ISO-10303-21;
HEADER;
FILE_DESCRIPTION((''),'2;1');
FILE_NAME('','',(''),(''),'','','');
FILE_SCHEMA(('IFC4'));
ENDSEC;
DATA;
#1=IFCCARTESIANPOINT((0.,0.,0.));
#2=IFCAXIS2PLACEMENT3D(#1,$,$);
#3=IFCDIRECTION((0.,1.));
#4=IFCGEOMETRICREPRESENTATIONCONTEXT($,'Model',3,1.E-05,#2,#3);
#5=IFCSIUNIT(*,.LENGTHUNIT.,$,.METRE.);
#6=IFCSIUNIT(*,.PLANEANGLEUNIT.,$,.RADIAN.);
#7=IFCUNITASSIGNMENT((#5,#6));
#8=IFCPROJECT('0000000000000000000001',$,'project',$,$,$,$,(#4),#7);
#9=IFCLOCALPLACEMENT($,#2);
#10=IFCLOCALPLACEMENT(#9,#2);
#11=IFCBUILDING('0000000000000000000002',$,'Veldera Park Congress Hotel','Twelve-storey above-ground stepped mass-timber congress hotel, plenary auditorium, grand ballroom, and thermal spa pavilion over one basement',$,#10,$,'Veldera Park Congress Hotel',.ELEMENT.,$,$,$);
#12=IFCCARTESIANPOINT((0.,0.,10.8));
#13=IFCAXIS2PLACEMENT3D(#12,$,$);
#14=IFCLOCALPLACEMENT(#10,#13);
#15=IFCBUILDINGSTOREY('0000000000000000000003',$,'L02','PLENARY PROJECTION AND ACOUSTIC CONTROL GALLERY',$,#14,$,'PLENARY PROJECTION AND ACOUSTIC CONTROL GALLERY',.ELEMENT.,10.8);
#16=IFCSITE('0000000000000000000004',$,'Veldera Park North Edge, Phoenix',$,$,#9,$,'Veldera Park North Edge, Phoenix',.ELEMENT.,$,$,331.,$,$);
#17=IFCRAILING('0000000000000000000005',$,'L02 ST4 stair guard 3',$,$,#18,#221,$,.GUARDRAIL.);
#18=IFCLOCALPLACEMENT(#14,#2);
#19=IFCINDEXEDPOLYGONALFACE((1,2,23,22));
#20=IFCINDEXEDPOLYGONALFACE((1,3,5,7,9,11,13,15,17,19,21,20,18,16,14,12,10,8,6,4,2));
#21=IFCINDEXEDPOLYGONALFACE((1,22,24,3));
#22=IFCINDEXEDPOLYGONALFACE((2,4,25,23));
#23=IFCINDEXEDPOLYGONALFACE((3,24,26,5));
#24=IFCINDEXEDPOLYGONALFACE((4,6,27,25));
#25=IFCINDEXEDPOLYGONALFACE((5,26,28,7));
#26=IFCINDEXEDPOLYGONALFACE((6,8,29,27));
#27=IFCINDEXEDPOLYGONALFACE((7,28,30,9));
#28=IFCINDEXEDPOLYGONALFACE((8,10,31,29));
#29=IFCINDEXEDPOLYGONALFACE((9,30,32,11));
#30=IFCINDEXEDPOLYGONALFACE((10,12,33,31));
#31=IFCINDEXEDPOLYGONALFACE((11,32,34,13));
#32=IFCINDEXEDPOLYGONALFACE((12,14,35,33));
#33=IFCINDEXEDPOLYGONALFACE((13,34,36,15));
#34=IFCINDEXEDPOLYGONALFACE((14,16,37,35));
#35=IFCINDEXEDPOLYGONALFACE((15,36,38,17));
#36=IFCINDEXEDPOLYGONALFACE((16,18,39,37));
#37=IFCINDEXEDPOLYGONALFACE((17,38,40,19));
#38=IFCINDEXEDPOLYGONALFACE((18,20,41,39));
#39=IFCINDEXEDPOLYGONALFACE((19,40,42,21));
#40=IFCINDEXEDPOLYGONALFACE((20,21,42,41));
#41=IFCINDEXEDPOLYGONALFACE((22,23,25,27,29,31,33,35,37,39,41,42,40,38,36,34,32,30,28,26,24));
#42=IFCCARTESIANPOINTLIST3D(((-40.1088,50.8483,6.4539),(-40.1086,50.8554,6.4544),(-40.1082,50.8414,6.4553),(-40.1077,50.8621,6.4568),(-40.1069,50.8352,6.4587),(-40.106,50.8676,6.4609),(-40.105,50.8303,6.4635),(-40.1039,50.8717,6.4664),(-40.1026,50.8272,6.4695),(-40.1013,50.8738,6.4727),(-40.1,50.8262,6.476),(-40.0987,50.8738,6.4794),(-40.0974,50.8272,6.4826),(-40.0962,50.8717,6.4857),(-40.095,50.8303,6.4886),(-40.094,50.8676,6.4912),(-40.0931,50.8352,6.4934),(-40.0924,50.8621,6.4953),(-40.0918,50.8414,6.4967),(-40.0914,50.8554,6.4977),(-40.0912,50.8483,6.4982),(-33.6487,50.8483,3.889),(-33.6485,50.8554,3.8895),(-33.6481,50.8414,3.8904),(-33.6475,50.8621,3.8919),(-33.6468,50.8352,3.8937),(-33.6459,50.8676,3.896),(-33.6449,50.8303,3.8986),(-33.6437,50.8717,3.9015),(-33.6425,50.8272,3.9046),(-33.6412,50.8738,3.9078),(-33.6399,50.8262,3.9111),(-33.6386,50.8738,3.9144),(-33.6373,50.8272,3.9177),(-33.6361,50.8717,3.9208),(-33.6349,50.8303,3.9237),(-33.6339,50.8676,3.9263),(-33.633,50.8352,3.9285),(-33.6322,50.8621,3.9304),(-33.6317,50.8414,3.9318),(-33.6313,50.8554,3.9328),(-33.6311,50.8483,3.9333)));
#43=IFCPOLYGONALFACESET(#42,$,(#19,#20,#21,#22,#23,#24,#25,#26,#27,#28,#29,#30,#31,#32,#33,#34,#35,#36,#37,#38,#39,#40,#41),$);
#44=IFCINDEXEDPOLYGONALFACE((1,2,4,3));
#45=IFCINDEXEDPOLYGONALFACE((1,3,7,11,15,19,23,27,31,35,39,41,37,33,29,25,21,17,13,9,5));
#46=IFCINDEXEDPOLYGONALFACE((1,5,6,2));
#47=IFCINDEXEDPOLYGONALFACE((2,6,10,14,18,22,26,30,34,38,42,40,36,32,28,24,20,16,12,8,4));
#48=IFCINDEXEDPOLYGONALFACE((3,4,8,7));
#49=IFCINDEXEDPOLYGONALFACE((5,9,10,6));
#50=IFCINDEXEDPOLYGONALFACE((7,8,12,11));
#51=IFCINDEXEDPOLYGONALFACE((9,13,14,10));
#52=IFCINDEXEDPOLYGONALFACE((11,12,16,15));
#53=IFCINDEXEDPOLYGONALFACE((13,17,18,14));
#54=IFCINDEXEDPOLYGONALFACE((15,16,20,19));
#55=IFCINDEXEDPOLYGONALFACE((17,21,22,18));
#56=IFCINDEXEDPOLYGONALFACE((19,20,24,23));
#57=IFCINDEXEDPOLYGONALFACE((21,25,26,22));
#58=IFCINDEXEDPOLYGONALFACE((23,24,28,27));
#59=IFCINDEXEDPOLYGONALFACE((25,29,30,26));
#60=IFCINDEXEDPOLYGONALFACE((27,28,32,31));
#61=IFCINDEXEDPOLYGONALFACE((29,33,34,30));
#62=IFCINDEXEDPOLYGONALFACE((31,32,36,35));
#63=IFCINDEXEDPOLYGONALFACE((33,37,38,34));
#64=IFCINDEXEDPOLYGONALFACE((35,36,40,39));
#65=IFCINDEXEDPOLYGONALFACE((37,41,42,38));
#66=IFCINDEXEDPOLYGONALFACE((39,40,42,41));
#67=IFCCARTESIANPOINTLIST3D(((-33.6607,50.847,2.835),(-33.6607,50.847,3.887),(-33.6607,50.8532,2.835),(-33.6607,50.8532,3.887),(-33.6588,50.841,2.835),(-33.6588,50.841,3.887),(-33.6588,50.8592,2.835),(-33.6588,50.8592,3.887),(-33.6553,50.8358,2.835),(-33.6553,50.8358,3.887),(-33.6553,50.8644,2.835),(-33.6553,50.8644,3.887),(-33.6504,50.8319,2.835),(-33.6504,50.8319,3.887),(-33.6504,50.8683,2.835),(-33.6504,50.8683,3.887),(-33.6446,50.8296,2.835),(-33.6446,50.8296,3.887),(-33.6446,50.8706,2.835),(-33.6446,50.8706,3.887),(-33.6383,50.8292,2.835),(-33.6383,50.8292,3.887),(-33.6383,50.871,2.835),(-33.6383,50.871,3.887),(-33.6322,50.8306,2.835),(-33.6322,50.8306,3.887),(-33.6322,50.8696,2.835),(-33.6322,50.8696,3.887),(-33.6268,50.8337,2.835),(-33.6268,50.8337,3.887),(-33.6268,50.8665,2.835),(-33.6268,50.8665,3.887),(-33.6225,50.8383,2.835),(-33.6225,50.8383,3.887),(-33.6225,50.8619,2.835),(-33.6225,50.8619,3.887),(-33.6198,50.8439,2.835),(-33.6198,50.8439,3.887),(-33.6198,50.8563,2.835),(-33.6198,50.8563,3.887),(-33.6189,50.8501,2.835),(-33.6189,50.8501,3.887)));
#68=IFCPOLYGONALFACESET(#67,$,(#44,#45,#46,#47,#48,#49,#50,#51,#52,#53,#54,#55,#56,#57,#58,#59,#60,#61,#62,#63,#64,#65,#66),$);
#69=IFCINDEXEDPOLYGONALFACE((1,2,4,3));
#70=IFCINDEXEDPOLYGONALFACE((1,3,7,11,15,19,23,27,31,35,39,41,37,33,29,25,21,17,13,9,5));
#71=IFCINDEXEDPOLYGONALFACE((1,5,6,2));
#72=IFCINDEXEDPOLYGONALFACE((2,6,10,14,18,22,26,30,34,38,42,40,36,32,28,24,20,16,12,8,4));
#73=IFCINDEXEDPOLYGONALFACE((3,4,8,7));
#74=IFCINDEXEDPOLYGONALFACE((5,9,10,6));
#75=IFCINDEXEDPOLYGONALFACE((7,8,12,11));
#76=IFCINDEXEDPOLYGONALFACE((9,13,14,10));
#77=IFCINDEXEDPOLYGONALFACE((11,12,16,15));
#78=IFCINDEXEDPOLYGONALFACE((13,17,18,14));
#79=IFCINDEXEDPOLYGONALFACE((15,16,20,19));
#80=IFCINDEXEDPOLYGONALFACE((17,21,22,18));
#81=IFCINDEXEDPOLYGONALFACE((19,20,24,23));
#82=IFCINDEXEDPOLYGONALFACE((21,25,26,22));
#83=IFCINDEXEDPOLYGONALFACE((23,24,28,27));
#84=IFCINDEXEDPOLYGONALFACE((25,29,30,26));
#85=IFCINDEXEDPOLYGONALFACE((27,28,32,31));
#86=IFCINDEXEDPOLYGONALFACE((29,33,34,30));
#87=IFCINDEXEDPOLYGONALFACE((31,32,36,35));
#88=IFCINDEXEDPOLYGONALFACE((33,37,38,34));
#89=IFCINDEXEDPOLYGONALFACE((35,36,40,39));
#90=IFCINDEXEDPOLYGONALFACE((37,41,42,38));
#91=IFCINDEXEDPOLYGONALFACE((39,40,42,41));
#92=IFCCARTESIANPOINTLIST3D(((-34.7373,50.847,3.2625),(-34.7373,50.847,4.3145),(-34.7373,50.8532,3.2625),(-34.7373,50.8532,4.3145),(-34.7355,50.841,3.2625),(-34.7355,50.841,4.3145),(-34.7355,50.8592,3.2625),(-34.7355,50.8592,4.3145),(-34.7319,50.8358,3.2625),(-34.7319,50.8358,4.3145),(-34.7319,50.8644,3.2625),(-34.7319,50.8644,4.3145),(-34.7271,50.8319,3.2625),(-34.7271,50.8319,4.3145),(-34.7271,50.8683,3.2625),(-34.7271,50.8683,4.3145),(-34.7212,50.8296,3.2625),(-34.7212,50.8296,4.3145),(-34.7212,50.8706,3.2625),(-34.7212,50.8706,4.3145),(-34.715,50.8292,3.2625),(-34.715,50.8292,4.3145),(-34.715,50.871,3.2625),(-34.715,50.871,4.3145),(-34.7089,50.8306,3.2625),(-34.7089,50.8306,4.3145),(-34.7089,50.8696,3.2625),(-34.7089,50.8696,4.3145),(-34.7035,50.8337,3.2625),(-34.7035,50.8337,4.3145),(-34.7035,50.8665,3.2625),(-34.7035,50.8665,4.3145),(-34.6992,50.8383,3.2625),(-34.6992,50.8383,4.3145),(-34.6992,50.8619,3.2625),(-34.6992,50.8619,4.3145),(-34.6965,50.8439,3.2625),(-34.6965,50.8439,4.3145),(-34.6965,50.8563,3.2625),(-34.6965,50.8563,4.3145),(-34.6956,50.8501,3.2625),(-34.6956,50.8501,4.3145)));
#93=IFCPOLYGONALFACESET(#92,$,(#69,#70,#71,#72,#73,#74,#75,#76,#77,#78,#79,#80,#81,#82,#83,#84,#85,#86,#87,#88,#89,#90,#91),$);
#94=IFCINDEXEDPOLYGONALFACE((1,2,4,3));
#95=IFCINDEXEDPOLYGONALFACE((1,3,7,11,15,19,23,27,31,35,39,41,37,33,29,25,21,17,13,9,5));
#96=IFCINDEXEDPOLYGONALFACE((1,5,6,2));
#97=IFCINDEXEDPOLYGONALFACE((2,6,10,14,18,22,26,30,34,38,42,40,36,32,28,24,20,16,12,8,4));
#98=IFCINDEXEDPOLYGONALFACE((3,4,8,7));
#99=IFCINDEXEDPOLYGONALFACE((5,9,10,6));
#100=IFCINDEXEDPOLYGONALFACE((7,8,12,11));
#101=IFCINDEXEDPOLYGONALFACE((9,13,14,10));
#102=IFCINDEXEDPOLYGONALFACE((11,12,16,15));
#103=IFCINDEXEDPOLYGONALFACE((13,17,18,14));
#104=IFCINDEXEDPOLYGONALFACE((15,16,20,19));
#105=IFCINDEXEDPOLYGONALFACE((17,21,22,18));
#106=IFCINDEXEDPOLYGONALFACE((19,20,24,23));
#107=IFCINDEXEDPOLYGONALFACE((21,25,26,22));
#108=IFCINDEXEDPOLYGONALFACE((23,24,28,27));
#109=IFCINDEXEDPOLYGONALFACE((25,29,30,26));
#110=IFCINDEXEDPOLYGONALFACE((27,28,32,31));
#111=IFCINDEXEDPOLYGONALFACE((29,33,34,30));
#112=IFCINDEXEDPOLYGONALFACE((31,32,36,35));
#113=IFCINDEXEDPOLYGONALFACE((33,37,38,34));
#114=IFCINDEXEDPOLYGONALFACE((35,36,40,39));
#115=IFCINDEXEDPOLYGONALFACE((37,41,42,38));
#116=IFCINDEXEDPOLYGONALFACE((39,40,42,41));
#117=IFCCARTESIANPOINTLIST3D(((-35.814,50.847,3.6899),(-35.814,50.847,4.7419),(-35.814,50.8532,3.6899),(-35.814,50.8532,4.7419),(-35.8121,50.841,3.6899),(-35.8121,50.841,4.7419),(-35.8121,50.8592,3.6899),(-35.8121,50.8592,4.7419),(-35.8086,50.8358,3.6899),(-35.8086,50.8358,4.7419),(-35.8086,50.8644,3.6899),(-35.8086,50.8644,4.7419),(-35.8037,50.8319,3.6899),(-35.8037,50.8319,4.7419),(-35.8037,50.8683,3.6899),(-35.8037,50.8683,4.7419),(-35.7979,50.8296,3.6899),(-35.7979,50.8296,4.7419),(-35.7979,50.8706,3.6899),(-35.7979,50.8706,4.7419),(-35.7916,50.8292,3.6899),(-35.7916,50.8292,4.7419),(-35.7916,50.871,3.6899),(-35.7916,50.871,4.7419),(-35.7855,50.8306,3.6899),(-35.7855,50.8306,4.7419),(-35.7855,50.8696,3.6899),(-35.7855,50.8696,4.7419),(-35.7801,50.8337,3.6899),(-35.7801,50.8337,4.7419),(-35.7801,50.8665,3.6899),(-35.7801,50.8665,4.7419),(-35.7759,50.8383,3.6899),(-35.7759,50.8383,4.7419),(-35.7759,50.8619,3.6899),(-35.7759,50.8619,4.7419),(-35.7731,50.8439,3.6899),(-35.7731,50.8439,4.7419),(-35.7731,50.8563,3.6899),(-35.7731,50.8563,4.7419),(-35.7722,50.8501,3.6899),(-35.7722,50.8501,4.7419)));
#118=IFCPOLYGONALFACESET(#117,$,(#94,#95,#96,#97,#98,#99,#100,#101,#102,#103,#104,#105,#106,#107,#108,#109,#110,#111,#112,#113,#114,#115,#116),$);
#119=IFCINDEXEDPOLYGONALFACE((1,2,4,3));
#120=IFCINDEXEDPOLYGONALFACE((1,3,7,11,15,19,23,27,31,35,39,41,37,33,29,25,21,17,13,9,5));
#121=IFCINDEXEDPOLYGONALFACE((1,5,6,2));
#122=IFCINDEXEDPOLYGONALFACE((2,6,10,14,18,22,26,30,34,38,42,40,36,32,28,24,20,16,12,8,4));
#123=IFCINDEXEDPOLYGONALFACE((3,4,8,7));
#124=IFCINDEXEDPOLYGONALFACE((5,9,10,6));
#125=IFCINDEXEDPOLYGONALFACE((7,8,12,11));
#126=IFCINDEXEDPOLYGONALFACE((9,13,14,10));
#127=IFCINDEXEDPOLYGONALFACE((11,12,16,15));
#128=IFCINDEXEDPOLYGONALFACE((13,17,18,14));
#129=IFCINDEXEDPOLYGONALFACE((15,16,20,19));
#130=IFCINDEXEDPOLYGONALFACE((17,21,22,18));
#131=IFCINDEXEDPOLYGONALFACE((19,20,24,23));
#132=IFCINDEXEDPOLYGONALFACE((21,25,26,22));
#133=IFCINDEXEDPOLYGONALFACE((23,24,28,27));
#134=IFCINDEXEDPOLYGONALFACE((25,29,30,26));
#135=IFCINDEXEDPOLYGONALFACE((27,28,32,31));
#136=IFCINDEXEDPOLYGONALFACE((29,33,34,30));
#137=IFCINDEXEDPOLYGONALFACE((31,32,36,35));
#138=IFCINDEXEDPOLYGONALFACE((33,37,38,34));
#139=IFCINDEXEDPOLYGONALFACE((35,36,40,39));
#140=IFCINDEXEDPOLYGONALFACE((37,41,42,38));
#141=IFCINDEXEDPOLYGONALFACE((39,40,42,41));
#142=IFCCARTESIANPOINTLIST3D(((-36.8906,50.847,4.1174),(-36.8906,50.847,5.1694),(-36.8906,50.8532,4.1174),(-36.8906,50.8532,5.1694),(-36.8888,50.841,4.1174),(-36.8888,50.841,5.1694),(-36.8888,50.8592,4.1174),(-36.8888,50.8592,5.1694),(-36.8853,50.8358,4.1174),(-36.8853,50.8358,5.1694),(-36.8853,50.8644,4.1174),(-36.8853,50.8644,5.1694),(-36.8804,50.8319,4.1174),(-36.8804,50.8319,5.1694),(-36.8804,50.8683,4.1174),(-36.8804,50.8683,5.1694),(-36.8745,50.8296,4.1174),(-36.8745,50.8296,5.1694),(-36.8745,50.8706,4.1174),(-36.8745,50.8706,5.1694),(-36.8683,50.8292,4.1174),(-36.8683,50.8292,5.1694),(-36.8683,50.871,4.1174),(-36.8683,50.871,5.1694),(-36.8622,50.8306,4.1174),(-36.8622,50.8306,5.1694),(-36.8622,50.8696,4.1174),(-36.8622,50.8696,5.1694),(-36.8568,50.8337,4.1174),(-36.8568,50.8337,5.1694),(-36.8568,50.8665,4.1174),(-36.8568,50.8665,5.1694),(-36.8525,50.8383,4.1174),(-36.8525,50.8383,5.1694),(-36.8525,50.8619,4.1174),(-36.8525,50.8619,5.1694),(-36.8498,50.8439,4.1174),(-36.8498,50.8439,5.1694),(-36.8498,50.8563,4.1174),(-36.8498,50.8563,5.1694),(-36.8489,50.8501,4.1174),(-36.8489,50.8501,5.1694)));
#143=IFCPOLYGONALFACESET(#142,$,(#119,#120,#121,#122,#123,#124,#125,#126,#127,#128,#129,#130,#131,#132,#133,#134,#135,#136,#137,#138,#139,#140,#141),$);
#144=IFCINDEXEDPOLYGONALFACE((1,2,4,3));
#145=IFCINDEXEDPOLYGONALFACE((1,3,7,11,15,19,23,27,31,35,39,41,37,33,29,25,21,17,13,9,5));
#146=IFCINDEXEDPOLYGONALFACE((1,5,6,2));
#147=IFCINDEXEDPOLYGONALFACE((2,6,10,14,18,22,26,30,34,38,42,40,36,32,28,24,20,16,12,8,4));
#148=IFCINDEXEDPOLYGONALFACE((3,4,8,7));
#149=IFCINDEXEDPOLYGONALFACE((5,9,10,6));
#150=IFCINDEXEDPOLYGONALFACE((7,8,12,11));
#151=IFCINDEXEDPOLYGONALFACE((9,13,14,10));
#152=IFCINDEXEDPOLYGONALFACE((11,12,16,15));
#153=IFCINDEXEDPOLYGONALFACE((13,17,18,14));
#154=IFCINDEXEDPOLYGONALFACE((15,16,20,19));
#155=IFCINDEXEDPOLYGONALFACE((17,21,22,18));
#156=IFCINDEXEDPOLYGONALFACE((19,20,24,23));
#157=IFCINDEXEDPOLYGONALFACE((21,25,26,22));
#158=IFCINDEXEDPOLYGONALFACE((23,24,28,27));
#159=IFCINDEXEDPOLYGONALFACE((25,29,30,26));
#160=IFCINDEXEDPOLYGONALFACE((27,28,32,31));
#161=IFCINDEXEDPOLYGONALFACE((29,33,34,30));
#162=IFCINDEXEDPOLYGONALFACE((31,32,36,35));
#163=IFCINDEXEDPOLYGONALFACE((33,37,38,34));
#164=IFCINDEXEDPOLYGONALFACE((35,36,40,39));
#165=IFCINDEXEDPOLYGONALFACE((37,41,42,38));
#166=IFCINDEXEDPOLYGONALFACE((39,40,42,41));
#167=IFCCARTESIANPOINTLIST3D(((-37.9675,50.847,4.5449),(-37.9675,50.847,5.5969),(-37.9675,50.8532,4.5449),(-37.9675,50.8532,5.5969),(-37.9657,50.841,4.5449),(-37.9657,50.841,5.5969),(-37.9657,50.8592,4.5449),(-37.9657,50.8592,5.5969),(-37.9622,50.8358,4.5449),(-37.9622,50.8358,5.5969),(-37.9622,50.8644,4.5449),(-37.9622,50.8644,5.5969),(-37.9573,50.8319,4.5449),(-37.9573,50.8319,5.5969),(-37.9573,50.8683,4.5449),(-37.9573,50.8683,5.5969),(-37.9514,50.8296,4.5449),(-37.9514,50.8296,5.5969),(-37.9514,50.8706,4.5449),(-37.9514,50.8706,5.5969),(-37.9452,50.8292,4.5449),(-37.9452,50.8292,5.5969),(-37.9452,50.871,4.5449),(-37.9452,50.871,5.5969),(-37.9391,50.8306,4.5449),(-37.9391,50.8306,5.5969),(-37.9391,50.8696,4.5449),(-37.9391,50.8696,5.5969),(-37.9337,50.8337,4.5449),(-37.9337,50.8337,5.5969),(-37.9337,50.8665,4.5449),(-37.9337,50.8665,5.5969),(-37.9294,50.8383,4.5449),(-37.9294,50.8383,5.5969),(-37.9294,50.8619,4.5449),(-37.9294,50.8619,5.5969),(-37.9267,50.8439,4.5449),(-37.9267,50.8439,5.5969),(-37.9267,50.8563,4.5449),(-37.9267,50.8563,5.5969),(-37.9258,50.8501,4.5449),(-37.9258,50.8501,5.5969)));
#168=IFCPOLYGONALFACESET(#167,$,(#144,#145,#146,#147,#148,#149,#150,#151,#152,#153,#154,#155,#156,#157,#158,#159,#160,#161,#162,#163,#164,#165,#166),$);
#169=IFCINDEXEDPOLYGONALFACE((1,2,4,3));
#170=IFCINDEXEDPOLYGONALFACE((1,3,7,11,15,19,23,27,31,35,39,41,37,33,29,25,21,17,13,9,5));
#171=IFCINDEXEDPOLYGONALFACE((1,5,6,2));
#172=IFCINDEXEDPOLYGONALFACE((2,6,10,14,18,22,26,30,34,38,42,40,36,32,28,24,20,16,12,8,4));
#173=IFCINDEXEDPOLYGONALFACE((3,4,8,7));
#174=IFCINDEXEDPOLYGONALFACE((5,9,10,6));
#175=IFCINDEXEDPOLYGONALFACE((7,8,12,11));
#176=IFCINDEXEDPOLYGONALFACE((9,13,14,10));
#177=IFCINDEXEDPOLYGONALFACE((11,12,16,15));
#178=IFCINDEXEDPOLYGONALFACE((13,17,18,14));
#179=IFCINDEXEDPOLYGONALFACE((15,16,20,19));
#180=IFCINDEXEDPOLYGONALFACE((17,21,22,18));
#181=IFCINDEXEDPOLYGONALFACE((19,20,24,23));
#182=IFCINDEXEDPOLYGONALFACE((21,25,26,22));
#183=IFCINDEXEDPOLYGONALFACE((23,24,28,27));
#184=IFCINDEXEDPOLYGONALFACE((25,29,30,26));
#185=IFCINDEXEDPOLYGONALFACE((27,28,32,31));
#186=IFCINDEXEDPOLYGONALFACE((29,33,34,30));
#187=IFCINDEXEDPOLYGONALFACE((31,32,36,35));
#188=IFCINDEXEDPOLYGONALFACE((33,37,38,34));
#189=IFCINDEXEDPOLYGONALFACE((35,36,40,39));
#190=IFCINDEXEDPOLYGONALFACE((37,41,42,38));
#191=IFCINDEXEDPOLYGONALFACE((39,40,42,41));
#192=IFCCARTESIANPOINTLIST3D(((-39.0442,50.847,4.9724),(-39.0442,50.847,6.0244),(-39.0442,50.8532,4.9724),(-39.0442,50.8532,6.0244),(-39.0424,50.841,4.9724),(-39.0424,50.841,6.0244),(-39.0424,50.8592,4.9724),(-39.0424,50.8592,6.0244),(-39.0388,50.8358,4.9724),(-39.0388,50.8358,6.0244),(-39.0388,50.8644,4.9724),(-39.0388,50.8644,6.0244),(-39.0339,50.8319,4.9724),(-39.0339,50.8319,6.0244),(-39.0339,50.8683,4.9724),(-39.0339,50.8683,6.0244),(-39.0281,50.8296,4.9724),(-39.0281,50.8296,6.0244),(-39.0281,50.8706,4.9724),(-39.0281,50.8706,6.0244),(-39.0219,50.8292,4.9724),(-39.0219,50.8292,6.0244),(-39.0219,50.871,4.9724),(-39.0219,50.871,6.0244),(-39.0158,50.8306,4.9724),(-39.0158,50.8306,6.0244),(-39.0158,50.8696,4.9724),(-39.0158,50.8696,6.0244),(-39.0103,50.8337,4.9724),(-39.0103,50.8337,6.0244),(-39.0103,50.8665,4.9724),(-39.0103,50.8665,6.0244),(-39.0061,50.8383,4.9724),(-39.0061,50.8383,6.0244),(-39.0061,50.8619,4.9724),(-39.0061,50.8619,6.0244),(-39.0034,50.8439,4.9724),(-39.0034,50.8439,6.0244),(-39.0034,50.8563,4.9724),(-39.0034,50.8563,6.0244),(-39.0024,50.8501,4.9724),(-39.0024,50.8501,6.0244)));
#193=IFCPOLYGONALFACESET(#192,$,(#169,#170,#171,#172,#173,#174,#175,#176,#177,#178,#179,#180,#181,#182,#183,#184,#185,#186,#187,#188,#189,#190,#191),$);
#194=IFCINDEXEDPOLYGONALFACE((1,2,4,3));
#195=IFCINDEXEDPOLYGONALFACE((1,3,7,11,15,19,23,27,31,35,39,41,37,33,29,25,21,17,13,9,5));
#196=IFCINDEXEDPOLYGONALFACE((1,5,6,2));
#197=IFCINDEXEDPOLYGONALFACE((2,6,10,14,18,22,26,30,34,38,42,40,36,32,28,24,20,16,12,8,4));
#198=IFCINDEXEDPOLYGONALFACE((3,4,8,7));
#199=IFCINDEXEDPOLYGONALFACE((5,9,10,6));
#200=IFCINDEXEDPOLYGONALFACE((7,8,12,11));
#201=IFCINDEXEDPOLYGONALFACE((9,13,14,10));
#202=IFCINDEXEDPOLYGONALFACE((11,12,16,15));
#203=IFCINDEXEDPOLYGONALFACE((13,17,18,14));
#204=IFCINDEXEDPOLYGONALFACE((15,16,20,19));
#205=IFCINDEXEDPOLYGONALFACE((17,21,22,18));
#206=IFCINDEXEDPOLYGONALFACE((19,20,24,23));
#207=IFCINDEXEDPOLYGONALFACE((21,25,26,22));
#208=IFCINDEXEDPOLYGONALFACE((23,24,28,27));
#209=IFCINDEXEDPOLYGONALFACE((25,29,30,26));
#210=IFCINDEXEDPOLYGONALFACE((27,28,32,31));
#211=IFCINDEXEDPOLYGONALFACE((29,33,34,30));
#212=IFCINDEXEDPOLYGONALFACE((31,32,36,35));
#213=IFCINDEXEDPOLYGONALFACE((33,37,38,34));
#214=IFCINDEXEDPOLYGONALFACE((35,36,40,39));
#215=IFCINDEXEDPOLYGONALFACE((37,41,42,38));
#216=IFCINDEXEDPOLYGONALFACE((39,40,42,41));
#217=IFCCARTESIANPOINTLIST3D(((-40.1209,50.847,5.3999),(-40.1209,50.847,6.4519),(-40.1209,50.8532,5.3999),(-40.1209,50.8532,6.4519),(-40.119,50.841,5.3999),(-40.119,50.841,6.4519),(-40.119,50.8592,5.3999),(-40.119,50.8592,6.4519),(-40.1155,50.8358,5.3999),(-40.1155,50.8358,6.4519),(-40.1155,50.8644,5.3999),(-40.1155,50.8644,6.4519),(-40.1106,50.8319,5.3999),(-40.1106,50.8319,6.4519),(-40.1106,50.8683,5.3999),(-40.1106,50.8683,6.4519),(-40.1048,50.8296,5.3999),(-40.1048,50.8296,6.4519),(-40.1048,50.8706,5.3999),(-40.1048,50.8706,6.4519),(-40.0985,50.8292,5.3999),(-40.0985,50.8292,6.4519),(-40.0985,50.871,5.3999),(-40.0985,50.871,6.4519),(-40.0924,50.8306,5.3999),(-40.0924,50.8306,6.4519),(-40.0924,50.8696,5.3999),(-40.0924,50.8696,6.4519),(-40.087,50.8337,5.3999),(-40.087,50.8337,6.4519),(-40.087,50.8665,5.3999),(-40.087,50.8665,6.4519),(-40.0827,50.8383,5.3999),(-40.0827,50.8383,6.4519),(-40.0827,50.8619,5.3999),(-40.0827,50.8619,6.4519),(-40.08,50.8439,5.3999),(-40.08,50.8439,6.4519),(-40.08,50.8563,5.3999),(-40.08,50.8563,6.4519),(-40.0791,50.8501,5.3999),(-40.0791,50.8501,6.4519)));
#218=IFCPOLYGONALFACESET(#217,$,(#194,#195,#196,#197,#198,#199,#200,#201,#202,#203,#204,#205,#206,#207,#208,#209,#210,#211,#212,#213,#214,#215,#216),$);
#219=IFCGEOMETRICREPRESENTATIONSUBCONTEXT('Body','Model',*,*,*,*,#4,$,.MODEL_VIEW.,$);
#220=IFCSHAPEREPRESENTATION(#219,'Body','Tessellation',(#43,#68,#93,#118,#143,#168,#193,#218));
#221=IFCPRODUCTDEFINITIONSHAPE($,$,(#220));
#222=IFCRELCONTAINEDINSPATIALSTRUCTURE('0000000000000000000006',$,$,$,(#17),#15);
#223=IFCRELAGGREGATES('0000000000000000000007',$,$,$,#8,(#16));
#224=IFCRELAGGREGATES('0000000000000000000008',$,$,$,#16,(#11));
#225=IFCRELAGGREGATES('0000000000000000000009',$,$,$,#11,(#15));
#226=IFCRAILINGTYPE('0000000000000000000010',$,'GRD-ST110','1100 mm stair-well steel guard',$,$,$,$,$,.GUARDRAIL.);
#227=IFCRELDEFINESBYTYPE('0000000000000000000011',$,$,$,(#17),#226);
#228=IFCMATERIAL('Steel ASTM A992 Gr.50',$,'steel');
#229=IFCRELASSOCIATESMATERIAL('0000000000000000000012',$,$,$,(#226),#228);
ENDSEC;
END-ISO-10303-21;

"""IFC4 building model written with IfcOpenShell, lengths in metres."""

from ifc_helpers import new_model, si_unit, direction, frame, origin, origin_2d, place, context, subcontext, project, spatial, circle, extrude, material, type_object, element, save


model = new_model("IFC4")

# Units and contexts
model_context = context("Model", 3, precision=1e-05, world=origin(), true_north=direction((0.0, 1.0)))
body_context = subcontext(model_context, "Body", "Model", "MODEL_VIEW")
ifc_project = project(units=[si_unit("LENGTHUNIT", "METRE"), si_unit("PLANEANGLEUNIT", "RADIAN")], contexts=[model_context])

# Site, building, storey
site_placement = place(None, origin())
site = spatial("IfcSite", under=ifc_project, at=site_placement, Name="Veldera Park North Edge, Phoenix", LongName="Veldera Park North Edge, Phoenix", CompositionType="ELEMENT", RefElevation=331.0)
building_placement = place(site_placement, origin())
building = spatial("IfcBuilding", under=site, at=building_placement, Name="Veldera Park Congress Hotel", Description="Twelve-storey above-ground stepped mass-timber congress hotel, plenary auditorium, grand ballroom, and thermal spa pavilion over one basement", LongName="Veldera Park Congress Hotel", CompositionType="ELEMENT")
storey_placement = place(building_placement, frame((0.0, 0.0, 10.8)))
storey = spatial("IfcBuildingStorey", under=building, at=storey_placement, Name="L02", Description="PLENARY PROJECTION AND ACOUSTIC CONTROL GALLERY", LongName="PLENARY PROJECTION AND ACOUSTIC CONTROL GALLERY", CompositionType="ELEMENT", Elevation=10.8)

# Shared definitions
ifc_material_1 = material(Name="Steel ASTM A992 Gr.50", Category="steel")

# Railing
railing_type_1 = type_object("IfcRailingType", Name="GRD-ST110", Description="1100 mm stair-well steel guard", PredefinedType="GUARDRAIL", material=ifc_material_1)
railing_1_placement = place(storey_placement, frame((-33.6399, 50.8501, 2.835)))
element("IfcRailing", 1, at=railing_1_placement, inside=storey, type_object=railing_type_1, Name="L02 ST4 stair guard 3", PredefinedType="GUARDRAIL", context=body_context, shape_type="SweptSolid", body=[
    extrude(circle(Radius=0.0239, at=origin_2d()), frame((0.0, 0.0, 1.0762), z_axis=(-0.929423, 0.0, 0.369016), x_axis=(0.0, -1.0, 0.0)), (0.0, 0.0, 1.0), 6.9507),
    extrude(circle(Radius=0.021, at=origin_2d()), origin(), (0.0, 0.0, 1.0), 1.052),
    extrude(circle(Radius=0.021, at=origin_2d()), frame((-1.0767, 0.0, 0.4275)), (0.0, 0.0, 1.0), 1.052),
    extrude(circle(Radius=0.021, at=origin_2d()), frame((-2.1533, 0.0, 0.855)), (0.0, 0.0, 1.0), 1.052),
    extrude(circle(Radius=0.021, at=origin_2d()), frame((-3.23, 0.0, 1.2825)), (0.0, 0.0, 1.0), 1.052),
    extrude(circle(Radius=0.021, at=origin_2d()), frame((-4.3069, 0.0, 1.71)), (0.0, 0.0, 1.0), 1.052),
    extrude(circle(Radius=0.021, at=origin_2d()), frame((-5.3835, 0.0, 2.1375)), (0.0, 0.0, 1.0), 1.052),
    extrude(circle(Radius=0.021, at=origin_2d()), frame((-6.4602, 0.0, 2.5649)), (0.0, 0.0, 1.0), 1.052),
])

save(model, "model.ifc")
